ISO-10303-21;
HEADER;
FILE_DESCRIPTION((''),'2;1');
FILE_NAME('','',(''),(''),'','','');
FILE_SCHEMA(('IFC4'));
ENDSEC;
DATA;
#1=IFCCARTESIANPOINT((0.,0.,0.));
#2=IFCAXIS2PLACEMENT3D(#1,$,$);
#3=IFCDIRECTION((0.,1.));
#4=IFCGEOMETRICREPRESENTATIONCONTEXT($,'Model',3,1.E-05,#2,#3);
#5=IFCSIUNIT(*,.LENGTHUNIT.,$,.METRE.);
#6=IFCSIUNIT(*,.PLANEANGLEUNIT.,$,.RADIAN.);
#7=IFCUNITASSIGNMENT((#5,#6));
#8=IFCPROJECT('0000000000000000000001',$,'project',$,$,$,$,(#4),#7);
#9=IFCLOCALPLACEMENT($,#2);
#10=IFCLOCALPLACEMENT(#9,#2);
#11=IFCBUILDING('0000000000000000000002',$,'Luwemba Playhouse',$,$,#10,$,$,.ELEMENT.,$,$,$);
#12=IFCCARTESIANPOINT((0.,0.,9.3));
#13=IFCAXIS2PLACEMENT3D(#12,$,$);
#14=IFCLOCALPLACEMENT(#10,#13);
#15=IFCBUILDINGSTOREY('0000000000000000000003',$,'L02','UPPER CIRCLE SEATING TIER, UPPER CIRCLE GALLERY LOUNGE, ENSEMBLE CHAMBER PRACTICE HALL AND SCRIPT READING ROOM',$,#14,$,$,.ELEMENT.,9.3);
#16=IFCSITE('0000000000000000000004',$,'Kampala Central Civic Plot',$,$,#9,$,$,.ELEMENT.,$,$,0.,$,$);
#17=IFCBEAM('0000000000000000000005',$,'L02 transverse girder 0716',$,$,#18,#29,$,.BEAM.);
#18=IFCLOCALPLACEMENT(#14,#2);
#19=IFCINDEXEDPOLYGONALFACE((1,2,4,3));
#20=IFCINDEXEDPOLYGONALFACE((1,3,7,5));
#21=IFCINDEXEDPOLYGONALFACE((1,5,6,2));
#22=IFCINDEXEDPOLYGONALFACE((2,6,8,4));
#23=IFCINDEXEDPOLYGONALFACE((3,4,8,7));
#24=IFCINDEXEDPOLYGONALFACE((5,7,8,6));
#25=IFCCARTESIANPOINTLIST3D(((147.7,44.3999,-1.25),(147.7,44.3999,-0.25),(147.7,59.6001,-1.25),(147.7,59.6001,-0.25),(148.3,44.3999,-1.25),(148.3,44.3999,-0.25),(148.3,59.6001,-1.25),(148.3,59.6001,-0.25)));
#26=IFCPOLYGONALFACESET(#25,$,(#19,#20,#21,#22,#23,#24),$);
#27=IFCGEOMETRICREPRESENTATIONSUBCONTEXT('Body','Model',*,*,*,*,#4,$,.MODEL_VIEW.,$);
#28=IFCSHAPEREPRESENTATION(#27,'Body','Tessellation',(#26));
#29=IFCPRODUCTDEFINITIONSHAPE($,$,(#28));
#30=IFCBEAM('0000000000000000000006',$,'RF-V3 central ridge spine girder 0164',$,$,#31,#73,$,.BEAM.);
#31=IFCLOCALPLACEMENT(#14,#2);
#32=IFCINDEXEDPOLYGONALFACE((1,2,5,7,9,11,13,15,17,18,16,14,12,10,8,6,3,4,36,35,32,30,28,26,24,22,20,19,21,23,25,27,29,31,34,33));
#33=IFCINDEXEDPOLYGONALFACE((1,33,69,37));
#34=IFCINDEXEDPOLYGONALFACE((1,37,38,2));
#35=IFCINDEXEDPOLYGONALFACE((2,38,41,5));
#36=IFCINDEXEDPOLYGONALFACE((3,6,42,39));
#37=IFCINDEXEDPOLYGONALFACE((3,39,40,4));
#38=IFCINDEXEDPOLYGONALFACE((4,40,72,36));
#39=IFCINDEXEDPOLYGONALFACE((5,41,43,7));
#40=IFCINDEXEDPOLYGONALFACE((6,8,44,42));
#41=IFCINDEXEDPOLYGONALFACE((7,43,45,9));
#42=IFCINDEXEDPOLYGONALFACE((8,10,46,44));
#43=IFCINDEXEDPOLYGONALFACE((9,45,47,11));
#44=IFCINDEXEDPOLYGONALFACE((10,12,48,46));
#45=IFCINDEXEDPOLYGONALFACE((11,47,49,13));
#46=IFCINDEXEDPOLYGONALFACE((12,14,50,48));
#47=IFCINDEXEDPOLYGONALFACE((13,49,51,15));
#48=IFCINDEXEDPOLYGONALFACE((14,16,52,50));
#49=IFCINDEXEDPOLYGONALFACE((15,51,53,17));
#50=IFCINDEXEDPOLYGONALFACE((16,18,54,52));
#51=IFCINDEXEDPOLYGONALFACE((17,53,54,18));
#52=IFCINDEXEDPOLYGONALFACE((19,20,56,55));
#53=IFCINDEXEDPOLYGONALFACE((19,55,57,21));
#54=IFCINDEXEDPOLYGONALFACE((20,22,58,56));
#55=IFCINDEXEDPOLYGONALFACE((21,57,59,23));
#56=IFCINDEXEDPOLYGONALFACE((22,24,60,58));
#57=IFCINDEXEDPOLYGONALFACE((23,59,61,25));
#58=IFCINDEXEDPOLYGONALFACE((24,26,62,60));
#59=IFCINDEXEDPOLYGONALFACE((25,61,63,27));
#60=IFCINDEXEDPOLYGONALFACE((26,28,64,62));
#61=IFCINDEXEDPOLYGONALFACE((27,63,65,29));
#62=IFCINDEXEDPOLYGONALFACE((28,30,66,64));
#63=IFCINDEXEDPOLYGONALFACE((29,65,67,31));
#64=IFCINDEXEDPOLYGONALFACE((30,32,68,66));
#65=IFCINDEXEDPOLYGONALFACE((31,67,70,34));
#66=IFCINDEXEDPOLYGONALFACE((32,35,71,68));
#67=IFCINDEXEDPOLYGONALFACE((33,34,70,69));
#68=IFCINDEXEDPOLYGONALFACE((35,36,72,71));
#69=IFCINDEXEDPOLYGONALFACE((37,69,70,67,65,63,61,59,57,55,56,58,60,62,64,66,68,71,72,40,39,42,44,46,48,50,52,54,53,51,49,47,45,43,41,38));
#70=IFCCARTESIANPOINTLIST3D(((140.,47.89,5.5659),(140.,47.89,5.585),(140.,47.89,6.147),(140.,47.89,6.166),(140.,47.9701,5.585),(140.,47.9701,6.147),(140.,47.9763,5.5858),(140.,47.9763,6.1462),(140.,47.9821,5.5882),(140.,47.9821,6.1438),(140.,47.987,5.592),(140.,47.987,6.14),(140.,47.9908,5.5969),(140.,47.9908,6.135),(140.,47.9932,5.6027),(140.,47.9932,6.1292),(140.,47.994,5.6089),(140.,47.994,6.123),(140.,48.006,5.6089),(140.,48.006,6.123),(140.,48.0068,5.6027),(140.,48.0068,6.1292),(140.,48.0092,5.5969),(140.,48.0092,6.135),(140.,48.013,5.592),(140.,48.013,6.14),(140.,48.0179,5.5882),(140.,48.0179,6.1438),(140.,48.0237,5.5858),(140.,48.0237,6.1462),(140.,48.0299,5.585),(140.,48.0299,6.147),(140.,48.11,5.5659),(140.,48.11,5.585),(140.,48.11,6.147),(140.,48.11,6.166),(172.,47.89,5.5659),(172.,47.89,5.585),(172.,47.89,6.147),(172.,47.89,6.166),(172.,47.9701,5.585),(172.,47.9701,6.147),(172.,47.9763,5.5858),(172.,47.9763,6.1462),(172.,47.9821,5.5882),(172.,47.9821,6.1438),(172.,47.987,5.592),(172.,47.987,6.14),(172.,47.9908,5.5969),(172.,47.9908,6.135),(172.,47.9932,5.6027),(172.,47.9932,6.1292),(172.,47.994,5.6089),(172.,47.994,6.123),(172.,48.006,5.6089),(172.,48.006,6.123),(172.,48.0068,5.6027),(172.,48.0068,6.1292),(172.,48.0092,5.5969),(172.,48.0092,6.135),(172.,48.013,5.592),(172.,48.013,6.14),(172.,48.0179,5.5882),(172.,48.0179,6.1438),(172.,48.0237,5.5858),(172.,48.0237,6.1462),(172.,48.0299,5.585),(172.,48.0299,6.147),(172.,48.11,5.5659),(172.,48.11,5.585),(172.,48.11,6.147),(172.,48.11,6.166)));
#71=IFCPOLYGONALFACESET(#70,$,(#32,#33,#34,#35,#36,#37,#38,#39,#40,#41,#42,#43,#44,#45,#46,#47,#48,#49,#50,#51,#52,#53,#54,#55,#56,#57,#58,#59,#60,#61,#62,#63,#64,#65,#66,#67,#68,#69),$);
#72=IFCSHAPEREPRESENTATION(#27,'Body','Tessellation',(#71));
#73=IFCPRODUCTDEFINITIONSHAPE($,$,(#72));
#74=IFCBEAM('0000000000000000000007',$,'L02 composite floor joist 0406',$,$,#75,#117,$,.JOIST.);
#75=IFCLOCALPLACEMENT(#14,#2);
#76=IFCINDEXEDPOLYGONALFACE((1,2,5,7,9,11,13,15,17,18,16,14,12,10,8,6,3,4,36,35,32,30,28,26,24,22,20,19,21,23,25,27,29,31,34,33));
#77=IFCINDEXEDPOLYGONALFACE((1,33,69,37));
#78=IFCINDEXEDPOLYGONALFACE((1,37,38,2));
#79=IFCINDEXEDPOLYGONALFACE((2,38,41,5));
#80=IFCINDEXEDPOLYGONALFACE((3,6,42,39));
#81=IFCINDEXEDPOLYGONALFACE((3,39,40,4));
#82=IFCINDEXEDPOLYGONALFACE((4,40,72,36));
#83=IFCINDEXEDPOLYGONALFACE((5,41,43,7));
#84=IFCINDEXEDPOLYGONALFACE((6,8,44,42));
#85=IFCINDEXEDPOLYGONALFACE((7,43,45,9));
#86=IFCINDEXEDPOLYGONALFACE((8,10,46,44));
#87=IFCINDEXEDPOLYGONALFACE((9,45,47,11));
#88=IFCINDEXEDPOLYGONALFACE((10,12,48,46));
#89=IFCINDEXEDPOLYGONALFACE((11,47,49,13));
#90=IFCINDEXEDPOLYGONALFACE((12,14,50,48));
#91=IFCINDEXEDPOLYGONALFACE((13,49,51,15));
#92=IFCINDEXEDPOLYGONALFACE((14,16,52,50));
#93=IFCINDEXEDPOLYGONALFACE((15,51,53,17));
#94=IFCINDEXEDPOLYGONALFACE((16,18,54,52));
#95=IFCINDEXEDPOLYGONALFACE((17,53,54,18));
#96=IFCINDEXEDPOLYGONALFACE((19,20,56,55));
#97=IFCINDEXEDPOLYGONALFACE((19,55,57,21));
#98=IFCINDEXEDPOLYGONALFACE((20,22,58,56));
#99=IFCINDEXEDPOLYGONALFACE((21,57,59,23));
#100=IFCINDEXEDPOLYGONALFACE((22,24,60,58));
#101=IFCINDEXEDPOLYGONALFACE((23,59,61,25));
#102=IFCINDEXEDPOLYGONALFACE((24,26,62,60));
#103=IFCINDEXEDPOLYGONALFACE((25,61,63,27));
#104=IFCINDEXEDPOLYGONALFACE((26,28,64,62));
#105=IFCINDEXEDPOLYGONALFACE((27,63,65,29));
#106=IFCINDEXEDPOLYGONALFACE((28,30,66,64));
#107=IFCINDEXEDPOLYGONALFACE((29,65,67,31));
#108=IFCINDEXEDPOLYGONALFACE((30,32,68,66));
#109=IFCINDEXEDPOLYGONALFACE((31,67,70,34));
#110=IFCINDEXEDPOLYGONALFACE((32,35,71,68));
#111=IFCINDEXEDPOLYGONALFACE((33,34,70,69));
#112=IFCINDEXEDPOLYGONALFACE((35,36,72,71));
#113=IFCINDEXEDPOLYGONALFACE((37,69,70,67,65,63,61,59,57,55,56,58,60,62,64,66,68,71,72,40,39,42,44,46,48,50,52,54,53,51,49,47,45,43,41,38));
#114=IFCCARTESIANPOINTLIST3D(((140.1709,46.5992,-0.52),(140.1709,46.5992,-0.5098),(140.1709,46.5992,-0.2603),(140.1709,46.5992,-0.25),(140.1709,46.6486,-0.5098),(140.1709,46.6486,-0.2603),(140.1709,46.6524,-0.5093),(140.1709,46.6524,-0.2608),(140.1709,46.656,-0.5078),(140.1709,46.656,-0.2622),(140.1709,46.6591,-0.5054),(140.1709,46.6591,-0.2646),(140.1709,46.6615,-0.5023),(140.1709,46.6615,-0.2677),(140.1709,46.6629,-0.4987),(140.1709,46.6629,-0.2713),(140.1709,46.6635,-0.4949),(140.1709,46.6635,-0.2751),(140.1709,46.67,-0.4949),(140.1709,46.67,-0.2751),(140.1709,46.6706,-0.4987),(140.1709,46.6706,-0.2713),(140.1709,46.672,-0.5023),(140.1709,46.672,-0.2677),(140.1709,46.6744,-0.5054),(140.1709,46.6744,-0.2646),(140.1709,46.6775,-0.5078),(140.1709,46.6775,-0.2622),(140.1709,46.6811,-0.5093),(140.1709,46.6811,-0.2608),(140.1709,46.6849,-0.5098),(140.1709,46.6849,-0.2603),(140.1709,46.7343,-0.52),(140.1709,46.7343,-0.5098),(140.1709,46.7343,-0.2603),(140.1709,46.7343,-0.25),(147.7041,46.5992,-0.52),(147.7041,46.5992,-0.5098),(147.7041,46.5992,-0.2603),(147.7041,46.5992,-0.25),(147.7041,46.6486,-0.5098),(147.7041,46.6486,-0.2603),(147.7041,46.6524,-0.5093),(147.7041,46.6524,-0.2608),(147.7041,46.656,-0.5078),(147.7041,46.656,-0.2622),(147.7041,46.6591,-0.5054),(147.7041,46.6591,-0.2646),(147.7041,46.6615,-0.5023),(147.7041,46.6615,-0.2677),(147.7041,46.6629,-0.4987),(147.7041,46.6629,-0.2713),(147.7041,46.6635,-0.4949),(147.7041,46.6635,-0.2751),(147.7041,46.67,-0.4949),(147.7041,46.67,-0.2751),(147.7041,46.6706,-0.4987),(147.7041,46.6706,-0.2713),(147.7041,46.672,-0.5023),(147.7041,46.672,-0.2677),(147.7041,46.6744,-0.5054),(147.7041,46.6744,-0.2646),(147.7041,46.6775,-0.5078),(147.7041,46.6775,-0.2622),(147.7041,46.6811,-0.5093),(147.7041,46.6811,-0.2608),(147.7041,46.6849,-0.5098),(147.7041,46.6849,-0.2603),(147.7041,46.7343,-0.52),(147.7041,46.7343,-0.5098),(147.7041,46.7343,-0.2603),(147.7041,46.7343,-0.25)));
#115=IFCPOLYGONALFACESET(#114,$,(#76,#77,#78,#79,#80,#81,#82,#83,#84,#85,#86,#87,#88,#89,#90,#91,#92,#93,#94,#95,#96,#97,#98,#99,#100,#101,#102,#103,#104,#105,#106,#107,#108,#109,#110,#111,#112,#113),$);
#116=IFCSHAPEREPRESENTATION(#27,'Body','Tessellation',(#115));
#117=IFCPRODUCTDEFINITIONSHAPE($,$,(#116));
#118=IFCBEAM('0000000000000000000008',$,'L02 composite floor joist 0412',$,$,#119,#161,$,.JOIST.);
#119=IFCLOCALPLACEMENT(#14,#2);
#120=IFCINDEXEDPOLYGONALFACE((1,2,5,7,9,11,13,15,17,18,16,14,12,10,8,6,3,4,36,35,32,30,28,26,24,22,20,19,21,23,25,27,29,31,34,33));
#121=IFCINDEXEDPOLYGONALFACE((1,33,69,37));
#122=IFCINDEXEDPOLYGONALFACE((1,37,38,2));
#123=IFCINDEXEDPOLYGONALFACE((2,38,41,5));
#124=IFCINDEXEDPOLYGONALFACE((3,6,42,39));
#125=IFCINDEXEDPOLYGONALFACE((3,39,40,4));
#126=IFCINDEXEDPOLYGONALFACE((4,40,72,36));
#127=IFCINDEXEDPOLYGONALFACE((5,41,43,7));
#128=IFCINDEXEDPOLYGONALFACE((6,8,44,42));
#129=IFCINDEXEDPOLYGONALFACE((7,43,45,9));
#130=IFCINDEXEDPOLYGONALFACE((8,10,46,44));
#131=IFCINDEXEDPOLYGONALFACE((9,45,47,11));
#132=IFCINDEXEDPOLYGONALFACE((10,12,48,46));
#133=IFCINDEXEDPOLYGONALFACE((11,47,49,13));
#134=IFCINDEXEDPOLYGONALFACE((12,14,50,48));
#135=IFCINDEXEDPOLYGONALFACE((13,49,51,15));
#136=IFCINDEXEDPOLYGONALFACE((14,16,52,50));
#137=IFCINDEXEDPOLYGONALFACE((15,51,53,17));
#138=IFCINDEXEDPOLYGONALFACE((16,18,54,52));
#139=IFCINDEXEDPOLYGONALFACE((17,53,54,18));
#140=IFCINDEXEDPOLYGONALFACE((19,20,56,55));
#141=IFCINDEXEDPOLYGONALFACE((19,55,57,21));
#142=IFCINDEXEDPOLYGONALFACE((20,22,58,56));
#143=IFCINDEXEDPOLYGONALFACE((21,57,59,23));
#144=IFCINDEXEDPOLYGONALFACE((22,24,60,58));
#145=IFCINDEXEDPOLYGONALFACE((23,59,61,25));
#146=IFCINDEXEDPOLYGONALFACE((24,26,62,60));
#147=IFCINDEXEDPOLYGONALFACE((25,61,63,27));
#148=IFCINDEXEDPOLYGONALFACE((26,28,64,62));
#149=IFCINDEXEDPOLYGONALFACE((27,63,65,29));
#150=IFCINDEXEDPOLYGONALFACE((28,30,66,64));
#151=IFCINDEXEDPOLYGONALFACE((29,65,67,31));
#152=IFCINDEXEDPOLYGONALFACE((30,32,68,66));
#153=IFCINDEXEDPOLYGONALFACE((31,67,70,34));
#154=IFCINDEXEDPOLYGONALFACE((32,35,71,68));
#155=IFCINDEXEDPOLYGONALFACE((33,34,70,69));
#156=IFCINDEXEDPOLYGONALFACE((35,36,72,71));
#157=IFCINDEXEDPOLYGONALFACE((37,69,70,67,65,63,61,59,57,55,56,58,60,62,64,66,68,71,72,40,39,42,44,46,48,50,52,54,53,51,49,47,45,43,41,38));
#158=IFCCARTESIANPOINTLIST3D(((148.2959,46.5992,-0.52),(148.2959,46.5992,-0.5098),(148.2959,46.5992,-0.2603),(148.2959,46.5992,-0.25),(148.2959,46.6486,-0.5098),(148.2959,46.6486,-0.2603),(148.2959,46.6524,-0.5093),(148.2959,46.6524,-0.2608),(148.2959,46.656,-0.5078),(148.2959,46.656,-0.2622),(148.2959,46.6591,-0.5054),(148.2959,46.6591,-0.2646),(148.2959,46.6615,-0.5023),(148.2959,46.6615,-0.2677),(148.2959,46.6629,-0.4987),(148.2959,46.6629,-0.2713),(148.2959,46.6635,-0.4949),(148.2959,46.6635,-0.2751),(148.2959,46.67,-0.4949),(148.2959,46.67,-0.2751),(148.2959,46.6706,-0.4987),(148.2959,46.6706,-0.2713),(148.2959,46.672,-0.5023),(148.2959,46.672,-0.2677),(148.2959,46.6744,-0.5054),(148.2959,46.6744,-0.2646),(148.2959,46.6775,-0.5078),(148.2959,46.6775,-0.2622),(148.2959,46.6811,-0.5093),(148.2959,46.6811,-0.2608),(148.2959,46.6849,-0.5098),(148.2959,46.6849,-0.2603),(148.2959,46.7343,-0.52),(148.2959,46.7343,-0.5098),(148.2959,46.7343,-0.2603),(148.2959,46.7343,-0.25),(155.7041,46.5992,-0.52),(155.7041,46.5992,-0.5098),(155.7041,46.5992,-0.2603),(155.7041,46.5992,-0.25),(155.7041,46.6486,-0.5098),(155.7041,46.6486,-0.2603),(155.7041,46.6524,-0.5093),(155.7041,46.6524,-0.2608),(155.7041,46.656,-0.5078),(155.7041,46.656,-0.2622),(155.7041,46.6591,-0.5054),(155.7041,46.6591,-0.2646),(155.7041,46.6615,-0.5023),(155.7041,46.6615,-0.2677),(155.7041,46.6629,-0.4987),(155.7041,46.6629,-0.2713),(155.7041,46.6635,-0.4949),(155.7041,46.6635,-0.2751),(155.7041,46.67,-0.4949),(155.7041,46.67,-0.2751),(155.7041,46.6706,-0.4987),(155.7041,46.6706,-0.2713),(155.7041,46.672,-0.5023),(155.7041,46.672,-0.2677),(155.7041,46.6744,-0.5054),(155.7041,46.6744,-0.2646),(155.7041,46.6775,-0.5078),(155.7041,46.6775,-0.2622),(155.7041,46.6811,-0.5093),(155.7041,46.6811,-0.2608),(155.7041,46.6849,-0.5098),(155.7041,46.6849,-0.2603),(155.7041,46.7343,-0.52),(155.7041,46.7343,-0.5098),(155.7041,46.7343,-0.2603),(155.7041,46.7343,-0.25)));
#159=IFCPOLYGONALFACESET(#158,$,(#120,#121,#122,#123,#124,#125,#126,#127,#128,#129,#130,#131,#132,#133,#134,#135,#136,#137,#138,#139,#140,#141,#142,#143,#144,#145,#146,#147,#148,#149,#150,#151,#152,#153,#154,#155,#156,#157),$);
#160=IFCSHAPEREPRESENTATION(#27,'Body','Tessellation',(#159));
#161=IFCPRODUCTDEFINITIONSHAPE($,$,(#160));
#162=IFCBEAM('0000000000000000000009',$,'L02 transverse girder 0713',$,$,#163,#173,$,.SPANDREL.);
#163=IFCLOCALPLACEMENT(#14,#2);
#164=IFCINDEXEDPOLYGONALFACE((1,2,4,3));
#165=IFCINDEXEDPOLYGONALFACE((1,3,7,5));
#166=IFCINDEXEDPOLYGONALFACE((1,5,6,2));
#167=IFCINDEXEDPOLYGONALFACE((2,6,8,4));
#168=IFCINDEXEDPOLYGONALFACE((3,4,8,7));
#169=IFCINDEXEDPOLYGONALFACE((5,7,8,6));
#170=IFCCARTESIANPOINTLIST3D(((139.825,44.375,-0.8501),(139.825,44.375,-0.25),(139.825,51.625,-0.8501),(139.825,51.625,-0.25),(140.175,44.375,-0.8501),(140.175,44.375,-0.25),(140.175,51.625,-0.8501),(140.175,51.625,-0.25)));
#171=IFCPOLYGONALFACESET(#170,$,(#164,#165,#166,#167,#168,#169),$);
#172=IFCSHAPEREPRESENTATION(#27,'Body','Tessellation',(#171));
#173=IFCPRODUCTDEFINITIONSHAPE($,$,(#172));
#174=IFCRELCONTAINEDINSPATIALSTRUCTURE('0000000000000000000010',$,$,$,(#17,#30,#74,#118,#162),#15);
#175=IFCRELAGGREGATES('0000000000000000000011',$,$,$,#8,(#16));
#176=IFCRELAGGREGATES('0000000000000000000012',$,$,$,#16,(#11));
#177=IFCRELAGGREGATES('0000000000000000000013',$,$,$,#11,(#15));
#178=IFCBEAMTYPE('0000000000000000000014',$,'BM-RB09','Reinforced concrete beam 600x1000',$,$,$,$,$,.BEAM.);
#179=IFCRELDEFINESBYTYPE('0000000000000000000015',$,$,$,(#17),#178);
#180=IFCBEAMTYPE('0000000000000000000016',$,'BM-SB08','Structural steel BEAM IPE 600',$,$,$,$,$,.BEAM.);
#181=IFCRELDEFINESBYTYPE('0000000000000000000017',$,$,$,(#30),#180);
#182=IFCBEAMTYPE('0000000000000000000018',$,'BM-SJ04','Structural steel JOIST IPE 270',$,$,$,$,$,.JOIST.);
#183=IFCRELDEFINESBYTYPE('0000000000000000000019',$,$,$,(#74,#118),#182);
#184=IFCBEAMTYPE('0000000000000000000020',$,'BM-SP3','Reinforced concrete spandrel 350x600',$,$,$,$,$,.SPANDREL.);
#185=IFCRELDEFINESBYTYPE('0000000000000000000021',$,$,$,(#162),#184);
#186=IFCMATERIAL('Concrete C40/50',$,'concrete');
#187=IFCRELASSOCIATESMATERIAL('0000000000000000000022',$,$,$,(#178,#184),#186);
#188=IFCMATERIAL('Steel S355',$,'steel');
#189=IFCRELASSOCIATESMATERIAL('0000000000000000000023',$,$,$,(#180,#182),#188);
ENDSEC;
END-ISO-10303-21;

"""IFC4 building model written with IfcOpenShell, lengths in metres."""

from ifc_helpers import new_model, si_unit, direction, frame, origin, origin_2d, place, context, subcontext, project, spatial, rectangle, i_section, extrude, material, material_profile, profile_set, type_object, element, save


model = new_model("IFC4")

# Units and contexts
model_context = context("Model", 3, precision=1e-05, world=origin(), true_north=direction((0.0, 1.0)))
body_context = subcontext(model_context, "Body", "Model", "MODEL_VIEW")
ifc_project = project(units=[si_unit("LENGTHUNIT", "METRE"), si_unit("PLANEANGLEUNIT", "RADIAN")], contexts=[model_context])

# Site, building, storey
site_placement = place(None, origin())
site = spatial("IfcSite", under=ifc_project, at=site_placement, Name="Kampala Central Civic Plot", CompositionType="ELEMENT", RefElevation=0.0)
building_placement = place(site_placement, origin())
building = spatial("IfcBuilding", under=site, at=building_placement, Name="Luwemba Playhouse", CompositionType="ELEMENT")
storey_placement = place(building_placement, frame((0.0, 0.0, 9.3)))
storey = spatial("IfcBuildingStorey", under=building, at=storey_placement, Name="L02", Description="UPPER CIRCLE SEATING TIER, UPPER CIRCLE GALLERY LOUNGE, ENSEMBLE CHAMBER PRACTICE HALL AND SCRIPT READING ROOM", CompositionType="ELEMENT", Elevation=9.3)

# Beams
ifc_material_1 = material(Name="Concrete C40/50", Category="concrete")
ifc_material_profile_1 = material_profile(ifc_material_1, rectangle(XDim=0.6001, YDim=1.0, at=origin_2d()))
ifc_profile_set_1 = profile_set([ifc_material_profile_1], Name="Concrete C40/50")
beam_type_1 = type_object("IfcBeamType", Name="BM-RB09", Description="Reinforced concrete beam 600x1000", PredefinedType="BEAM", material=ifc_profile_set_1)
beam_1_placement = place(storey_placement, frame((148.0, 44.3999, -0.75), z_axis=(0.0, 1.0, 0.0), x_axis=(-1.0, 0.0, 0.0)))
element("IfcBeam", 1, at=beam_1_placement, inside=storey, type_object=beam_type_1, Name="L02 transverse girder 0716", PredefinedType="BEAM", context=body_context, shape_type="SweptSolid", body=[
    extrude(rectangle(XDim=0.6001, YDim=1.0, at=origin_2d()), origin(), (0.0, 0.0, 1.0), 15.2002),
])
ifc_material_2 = material(Name="Steel S355", Category="steel")
ifc_material_profile_2 = material_profile(ifc_material_2, i_section(OverallWidth=0.22, OverallDepth=0.6001, WebThickness=0.012, FlangeThickness=0.019, FilletRadius=0.0239, at=origin_2d()))
ifc_profile_set_2 = profile_set([ifc_material_profile_2], Name="Steel S355")
beam_type_2 = type_object("IfcBeamType", Name="BM-SB08", Description="Structural steel BEAM IPE 600", PredefinedType="BEAM", material=ifc_profile_set_2)
beam_2_placement = place(storey_placement, frame((140.0, 48.0, 5.866), z_axis=(1.0, 0.0, 0.0), x_axis=(0.0, 1.0, 0.0)))
element("IfcBeam", 2, at=beam_2_placement, inside=storey, type_object=beam_type_2, Name="RF-V3 central ridge spine girder 0164", PredefinedType="BEAM", context=body_context, shape_type="SweptSolid", body=[
    extrude(i_section(OverallWidth=0.22, OverallDepth=0.6001, WebThickness=0.012, FlangeThickness=0.019, FilletRadius=0.0239, at=origin_2d()), origin(), (0.0, 0.0, 1.0), 32.0),
])
ifc_material_profile_3 = material_profile(ifc_material_2, i_section(OverallWidth=0.135, OverallDepth=0.27, WebThickness=0.0066, FlangeThickness=0.0103, FilletRadius=0.0149, at=origin_2d()))
ifc_profile_set_3 = profile_set([ifc_material_profile_3], Name="Steel S355")
beam_type_3 = type_object("IfcBeamType", Name="BM-SJ04", Description="Structural steel JOIST IPE 270", PredefinedType="JOIST", material=ifc_profile_set_3)
beam_3_placement = place(storey_placement, frame((140.1709, 46.6667, -0.385), z_axis=(1.0, 0.0, 0.0), x_axis=(0.0, 1.0, 0.0)))
element("IfcBeam", 3, at=beam_3_placement, inside=storey, type_object=beam_type_3, Name="L02 composite floor joist 0406", PredefinedType="JOIST", context=body_context, shape_type="SweptSolid", body=[
    extrude(i_section(OverallWidth=0.135, OverallDepth=0.27, WebThickness=0.0066, FlangeThickness=0.0103, FilletRadius=0.0149, at=origin_2d()), origin(), (0.0, 0.0, 1.0), 7.5332),
])
beam_4_placement = place(storey_placement, frame((148.2959, 46.6667, -0.385), z_axis=(1.0, 0.0, 0.0), x_axis=(0.0, 1.0, 0.0)))
element("IfcBeam", 4, at=beam_4_placement, inside=storey, type_object=beam_type_3, Name="L02 composite floor joist 0412", PredefinedType="JOIST", context=body_context, shape_type="SweptSolid", body=[
    extrude(i_section(OverallWidth=0.135, OverallDepth=0.27, WebThickness=0.0066, FlangeThickness=0.0103, FilletRadius=0.0149, at=origin_2d()), origin(), (0.0, 0.0, 1.0), 7.4082),
])
ifc_material_profile_4 = material_profile(ifc_material_1, rectangle(XDim=0.3501, YDim=0.6001, at=origin_2d()))
ifc_profile_set_4 = profile_set([ifc_material_profile_4], Name="Concrete C40/50")
beam_type_4 = type_object("IfcBeamType", Name="BM-SP3", Description="Reinforced concrete spandrel 350x600", PredefinedType="SPANDREL", material=ifc_profile_set_4)
beam_5_placement = place(storey_placement, frame((140.0, 44.375, -0.55), z_axis=(0.0, 1.0, 0.0), x_axis=(-1.0, 0.0, 0.0)))
element("IfcBeam", 5, at=beam_5_placement, inside=storey, type_object=beam_type_4, Name="L02 transverse girder 0713", PredefinedType="SPANDREL", context=body_context, shape_type="SweptSolid", body=[
    extrude(rectangle(XDim=0.3501, YDim=0.6001, at=origin_2d()), origin(), (0.0, 0.0, 1.0), 7.25),
])

save(model, "model.ifc")
